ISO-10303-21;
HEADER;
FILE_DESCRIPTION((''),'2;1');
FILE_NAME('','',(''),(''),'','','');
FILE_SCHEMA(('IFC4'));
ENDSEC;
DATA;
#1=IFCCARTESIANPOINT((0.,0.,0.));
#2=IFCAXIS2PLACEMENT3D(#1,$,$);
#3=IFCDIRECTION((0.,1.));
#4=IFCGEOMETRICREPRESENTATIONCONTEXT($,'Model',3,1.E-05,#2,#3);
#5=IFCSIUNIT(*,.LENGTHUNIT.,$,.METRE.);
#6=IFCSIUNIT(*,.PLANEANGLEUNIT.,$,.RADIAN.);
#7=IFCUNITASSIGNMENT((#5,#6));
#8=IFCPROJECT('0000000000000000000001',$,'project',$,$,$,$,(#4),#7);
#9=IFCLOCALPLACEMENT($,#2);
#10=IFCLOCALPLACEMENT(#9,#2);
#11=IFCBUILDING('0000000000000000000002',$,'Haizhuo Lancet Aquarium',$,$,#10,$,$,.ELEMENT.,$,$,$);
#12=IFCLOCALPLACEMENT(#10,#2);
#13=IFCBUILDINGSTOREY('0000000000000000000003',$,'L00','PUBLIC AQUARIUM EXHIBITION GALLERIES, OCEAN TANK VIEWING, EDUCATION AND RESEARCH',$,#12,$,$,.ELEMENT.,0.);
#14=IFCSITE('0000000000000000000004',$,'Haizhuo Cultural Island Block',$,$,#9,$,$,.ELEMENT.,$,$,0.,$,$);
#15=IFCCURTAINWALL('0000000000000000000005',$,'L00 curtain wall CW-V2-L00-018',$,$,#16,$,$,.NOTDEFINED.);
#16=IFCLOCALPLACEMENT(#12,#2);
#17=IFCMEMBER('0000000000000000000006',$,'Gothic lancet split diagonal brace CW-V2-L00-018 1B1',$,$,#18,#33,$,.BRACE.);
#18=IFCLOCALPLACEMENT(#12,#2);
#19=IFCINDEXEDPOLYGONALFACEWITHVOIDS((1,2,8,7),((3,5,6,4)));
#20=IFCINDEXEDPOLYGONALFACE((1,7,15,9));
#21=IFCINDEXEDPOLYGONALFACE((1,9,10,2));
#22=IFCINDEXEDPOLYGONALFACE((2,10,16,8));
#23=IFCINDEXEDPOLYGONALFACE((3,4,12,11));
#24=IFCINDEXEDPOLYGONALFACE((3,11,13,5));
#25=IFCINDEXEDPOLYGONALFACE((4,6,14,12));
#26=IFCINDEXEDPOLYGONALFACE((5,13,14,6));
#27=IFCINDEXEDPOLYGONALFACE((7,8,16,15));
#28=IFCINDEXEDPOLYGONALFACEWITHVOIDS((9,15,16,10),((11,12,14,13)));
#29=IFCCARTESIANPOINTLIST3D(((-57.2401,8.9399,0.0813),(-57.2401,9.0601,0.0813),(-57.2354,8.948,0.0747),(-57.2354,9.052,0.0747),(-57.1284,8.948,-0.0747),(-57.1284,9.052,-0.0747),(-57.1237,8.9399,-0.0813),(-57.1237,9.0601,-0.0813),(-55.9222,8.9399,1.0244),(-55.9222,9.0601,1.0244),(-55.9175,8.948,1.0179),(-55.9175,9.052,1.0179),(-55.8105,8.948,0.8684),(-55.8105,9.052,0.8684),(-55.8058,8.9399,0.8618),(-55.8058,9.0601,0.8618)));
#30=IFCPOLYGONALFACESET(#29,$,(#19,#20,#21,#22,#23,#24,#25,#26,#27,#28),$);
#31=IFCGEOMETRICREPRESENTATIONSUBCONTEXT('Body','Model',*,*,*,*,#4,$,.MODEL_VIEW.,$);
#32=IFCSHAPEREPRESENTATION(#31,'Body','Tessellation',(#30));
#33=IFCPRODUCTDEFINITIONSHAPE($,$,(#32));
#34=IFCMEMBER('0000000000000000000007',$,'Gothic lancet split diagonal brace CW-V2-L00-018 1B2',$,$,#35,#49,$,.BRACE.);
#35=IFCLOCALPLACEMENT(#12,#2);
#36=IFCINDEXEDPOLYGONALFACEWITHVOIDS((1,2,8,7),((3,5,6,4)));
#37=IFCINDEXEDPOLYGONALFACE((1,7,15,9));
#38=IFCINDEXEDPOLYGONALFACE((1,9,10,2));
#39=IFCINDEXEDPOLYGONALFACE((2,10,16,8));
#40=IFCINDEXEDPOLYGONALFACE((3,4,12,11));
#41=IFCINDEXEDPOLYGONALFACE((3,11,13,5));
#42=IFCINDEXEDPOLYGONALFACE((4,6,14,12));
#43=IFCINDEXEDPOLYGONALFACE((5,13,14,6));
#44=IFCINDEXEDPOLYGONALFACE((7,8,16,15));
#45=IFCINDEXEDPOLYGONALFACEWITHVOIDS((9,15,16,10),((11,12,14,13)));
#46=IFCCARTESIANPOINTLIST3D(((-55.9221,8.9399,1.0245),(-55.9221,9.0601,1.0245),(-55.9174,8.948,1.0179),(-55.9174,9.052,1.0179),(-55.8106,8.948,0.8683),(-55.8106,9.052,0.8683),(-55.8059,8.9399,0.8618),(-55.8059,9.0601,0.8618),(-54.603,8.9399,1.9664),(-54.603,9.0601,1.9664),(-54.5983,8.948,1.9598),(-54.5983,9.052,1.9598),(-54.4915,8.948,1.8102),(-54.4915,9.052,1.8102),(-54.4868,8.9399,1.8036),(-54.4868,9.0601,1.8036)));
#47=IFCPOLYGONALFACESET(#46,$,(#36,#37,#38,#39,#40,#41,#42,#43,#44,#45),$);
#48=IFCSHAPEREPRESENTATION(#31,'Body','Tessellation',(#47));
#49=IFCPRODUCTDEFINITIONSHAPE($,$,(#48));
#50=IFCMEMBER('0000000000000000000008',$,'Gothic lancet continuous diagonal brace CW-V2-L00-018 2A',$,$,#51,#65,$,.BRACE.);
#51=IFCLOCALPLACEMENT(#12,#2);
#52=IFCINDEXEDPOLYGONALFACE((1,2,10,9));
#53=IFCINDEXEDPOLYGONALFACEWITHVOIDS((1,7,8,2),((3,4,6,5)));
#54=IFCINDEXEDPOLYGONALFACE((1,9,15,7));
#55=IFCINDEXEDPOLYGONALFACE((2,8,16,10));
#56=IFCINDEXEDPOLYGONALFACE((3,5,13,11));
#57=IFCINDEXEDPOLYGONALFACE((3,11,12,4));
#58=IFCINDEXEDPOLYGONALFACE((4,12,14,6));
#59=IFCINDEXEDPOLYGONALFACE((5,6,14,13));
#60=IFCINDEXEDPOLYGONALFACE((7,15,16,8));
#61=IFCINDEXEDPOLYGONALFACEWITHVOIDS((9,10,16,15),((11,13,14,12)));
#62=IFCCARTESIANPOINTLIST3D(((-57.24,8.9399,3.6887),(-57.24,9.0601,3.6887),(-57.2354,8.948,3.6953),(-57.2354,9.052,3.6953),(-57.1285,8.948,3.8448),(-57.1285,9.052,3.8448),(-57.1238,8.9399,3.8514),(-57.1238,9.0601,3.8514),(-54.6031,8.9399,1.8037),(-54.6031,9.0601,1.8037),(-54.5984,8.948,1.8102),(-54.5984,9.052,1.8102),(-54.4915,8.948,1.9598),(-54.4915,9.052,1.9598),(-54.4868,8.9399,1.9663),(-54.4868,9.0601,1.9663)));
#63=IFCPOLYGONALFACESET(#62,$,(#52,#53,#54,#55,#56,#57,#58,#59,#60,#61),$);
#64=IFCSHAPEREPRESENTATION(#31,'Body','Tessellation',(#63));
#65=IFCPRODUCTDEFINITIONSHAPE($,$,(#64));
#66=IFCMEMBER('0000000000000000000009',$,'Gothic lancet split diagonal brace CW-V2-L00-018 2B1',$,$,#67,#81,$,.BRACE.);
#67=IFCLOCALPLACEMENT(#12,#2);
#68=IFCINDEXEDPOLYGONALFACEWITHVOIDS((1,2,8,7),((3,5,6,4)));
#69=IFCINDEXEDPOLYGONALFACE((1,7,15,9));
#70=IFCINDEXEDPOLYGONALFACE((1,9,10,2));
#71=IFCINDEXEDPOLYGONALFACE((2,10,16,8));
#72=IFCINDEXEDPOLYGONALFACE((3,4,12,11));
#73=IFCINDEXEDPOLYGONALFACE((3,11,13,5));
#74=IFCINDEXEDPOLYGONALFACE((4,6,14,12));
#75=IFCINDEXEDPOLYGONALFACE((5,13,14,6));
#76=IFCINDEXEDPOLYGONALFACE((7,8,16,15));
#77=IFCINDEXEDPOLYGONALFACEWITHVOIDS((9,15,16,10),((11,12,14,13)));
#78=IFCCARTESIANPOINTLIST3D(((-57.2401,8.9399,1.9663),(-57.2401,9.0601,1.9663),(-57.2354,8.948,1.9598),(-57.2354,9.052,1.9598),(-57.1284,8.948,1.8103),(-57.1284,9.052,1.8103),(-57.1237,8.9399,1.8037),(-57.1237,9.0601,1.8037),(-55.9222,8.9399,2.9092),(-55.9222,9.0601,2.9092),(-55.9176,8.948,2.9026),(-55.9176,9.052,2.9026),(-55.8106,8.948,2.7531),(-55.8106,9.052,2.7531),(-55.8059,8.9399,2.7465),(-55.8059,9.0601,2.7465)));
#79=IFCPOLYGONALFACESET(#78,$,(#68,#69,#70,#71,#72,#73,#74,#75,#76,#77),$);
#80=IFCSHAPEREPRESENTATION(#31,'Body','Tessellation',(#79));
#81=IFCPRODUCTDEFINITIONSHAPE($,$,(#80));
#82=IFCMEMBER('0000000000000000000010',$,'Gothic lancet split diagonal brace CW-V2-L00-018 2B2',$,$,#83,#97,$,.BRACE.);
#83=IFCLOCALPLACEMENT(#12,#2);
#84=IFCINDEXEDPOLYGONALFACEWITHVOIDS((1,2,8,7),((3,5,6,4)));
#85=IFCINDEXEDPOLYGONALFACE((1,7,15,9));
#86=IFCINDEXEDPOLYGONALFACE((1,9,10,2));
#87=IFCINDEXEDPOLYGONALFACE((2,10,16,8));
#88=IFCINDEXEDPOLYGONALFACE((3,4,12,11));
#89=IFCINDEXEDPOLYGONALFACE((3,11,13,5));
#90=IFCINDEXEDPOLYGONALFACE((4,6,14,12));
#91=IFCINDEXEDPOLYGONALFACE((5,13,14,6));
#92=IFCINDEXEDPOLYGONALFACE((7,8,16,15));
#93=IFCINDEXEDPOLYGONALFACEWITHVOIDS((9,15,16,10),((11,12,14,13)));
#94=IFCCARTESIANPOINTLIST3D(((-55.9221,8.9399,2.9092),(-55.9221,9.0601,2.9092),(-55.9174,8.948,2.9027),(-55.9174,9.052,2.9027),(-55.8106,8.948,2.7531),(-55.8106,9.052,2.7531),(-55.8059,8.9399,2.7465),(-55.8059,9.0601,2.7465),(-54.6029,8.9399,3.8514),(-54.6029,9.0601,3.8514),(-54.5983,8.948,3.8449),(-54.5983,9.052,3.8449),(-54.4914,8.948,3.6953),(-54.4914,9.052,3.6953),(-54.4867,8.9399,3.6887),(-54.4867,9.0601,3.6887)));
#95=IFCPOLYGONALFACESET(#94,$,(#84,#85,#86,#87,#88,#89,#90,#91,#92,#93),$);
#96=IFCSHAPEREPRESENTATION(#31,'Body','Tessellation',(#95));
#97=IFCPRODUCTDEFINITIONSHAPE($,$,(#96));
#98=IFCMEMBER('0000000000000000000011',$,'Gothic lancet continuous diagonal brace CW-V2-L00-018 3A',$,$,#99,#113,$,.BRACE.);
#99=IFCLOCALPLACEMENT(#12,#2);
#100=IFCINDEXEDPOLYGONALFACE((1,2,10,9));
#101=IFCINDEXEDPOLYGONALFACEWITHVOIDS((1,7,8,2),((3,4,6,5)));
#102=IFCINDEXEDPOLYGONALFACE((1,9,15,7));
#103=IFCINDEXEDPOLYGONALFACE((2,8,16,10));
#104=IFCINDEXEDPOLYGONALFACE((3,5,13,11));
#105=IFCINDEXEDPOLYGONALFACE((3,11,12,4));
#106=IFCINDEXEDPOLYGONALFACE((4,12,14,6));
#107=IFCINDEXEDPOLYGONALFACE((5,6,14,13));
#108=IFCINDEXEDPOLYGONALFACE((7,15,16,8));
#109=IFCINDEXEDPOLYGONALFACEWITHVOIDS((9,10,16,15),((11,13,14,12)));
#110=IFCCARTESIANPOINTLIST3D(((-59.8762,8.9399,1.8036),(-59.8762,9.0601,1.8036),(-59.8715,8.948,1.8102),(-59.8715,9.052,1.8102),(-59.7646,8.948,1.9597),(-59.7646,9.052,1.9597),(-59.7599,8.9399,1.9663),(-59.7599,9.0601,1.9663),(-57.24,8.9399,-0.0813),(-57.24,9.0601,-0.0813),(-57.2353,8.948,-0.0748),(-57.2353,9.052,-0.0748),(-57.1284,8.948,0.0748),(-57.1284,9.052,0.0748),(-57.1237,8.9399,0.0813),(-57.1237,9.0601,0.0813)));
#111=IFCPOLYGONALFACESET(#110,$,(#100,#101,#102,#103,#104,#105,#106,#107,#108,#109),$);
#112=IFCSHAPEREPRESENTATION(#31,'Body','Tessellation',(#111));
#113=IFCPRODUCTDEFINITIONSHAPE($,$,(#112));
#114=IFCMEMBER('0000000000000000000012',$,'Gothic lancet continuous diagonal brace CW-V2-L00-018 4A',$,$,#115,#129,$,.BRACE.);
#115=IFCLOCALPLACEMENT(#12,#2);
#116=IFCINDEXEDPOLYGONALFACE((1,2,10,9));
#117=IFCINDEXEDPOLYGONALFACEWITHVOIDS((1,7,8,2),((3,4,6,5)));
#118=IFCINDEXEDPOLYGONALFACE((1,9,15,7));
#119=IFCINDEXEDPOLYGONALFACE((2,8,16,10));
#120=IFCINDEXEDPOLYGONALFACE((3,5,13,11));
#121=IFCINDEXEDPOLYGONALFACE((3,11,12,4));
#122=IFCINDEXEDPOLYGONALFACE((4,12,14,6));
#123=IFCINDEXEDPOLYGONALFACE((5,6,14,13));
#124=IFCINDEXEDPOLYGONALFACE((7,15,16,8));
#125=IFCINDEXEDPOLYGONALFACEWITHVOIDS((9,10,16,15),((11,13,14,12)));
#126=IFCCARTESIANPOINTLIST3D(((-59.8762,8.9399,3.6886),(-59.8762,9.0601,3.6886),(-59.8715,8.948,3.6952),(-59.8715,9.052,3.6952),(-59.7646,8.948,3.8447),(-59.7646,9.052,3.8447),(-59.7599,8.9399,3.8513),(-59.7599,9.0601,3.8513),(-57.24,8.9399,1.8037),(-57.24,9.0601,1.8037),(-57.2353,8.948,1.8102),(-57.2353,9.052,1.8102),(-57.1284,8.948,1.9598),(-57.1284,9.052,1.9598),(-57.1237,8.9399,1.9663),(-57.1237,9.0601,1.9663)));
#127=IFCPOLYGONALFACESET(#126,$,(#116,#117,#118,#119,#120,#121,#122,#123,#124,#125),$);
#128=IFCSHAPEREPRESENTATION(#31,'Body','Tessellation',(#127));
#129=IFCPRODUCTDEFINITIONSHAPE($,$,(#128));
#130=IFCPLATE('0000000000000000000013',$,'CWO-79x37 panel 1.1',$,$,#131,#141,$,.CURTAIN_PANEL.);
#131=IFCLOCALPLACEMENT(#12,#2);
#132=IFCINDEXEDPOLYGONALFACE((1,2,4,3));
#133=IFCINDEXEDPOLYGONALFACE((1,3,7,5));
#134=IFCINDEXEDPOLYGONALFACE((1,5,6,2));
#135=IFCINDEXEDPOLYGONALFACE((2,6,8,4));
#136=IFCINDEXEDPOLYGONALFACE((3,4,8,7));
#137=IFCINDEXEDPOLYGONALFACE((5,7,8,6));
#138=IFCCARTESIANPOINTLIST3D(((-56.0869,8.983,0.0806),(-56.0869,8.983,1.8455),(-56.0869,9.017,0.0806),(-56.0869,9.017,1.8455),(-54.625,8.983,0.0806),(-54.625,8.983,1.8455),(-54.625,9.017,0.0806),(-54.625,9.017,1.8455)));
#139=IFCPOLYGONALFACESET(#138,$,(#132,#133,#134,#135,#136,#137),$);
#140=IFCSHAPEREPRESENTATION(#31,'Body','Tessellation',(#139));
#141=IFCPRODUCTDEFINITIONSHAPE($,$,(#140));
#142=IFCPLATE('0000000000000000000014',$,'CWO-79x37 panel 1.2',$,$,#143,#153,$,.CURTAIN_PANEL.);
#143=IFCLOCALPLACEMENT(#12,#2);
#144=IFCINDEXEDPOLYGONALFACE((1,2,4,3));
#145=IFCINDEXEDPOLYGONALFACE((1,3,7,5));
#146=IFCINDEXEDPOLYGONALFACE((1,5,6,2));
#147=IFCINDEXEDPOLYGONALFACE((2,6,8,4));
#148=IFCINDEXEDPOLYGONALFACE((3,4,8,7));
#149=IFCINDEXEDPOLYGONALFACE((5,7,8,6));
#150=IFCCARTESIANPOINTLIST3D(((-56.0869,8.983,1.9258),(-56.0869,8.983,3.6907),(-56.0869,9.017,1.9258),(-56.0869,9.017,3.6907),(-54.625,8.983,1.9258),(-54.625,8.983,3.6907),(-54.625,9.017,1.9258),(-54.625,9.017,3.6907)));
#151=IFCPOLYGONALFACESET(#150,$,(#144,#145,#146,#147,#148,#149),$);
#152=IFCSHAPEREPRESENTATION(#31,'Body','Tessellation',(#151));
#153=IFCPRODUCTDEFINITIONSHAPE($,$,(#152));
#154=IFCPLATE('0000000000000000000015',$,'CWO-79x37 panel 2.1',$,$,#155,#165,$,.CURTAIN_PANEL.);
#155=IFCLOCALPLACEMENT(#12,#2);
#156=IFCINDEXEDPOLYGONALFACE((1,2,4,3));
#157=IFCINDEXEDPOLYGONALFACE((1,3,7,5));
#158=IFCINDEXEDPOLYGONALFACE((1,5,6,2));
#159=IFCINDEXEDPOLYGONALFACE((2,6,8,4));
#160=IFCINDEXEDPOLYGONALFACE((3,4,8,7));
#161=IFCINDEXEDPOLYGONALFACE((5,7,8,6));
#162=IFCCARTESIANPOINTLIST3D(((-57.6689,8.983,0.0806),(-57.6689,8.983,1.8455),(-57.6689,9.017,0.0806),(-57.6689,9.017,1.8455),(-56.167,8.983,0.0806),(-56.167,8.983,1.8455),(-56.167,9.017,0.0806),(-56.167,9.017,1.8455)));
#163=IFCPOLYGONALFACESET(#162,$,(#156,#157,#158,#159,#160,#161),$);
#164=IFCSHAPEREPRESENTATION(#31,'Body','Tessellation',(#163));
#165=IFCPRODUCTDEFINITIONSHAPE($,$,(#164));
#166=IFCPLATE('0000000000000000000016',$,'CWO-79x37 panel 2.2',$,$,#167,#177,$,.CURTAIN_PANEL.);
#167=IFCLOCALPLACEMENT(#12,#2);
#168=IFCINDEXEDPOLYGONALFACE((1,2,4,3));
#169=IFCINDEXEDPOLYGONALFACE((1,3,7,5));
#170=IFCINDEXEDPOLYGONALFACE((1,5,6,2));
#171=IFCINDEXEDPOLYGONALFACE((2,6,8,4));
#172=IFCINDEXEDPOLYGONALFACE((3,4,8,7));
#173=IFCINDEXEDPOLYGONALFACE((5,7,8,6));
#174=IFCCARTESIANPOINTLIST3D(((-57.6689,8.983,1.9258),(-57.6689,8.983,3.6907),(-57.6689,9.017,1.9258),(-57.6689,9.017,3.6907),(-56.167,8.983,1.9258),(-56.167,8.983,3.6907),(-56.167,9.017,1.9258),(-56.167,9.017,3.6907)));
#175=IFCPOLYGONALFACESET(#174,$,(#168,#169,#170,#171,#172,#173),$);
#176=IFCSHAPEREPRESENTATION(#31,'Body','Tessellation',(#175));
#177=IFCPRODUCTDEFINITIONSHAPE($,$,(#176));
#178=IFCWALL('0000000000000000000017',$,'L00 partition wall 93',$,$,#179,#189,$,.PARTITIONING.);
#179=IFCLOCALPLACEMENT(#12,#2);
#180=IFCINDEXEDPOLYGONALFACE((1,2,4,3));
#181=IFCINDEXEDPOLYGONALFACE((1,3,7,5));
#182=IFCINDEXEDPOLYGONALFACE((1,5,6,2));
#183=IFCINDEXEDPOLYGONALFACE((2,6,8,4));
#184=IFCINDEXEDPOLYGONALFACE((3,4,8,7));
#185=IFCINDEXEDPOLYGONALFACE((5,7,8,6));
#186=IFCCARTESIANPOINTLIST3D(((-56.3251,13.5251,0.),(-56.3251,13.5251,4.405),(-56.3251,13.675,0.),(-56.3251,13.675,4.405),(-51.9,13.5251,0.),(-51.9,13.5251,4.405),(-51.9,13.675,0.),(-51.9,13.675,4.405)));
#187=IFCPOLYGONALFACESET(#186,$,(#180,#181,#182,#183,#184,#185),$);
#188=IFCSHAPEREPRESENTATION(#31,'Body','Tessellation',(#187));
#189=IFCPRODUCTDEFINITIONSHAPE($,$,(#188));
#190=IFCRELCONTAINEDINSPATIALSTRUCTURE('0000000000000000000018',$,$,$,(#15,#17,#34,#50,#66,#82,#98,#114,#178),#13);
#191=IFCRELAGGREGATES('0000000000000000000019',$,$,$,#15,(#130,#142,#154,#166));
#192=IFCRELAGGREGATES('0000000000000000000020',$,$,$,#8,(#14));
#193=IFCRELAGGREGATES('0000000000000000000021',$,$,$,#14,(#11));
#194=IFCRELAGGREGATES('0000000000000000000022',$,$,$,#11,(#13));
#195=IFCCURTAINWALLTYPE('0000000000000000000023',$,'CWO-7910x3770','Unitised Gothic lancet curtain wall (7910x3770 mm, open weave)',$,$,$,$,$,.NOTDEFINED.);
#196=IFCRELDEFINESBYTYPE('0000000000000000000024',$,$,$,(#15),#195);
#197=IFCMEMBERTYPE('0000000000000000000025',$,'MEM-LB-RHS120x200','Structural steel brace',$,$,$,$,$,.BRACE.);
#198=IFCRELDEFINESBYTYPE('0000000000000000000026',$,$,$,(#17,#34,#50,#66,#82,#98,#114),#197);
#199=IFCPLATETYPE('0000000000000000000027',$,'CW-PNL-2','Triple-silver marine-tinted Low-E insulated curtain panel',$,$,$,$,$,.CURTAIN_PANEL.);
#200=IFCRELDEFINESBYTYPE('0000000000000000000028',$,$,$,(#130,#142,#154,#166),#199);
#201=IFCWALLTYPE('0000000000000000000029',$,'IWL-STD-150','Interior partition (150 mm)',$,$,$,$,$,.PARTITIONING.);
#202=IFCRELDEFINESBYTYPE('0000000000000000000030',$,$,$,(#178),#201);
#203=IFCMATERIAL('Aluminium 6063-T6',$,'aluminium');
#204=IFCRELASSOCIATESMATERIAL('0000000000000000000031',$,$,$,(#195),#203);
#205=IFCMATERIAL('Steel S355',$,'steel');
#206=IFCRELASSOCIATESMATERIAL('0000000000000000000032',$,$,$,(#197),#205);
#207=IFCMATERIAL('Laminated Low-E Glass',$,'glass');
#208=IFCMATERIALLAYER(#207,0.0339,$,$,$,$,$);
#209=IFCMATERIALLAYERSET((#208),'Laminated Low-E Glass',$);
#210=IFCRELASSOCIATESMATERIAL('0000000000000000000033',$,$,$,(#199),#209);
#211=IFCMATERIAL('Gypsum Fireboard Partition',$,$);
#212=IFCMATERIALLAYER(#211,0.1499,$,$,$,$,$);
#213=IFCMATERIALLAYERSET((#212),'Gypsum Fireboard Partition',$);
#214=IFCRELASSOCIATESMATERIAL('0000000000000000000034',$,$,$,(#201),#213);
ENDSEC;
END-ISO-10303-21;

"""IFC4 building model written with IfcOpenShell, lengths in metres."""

from ifc_helpers import new_model, si_unit, direction, frame, frame_2d, origin, origin_2d, place, context, subcontext, project, spatial, rectangle, hollow_rectangle, extrude, material, layer, layer_set, material_profile, profile_set, type_object, element, aggregate, save


model = new_model("IFC4")

# Units and contexts
model_context = context("Model", 3, precision=1e-05, world=origin(), true_north=direction((0.0, 1.0)))
body_context = subcontext(model_context, "Body", "Model", "MODEL_VIEW")
ifc_project = project(units=[si_unit("LENGTHUNIT", "METRE"), si_unit("PLANEANGLEUNIT", "RADIAN")], contexts=[model_context])

# Site, building, storey
site_placement = place(None, origin())
site = spatial("IfcSite", under=ifc_project, at=site_placement, Name="Haizhuo Cultural Island Block", CompositionType="ELEMENT", RefElevation=0.0)
building_placement = place(site_placement, origin())
building = spatial("IfcBuilding", under=site, at=building_placement, Name="Haizhuo Lancet Aquarium", CompositionType="ELEMENT")
storey_placement = place(building_placement, origin())
storey = spatial("IfcBuildingStorey", under=building, at=storey_placement, Name="L00", Description="PUBLIC AQUARIUM EXHIBITION GALLERIES, OCEAN TANK VIEWING, EDUCATION AND RESEARCH", CompositionType="ELEMENT", Elevation=0.0)

# Shared definitions
ifc_material_1 = material(Name="Steel S355", Category="steel")

# Curtain wall
ifc_material_2 = material(Name="Aluminium 6063-T6", Category="aluminium")
curtain_wall_type = type_object("IfcCurtainWallType", Name="CWO-7910x3770", Description="Unitised Gothic lancet curtain wall (7910x3770 mm, open weave)", PredefinedType="NOTDEFINED", material=ifc_material_2)
curtain_wall_placement = place(storey_placement, origin())
curtain_wall = element("IfcCurtainWall", 1, at=curtain_wall_placement, inside=storey, type_object=curtain_wall_type, Name="L00 curtain wall CW-V2-L00-018", PredefinedType="NOTDEFINED")

# Members
ifc_material_profile_1 = material_profile(ifc_material_1, hollow_rectangle(XDim=0.1201, YDim=0.2, WallThickness=0.0081, at=origin_2d()), Name="RHS 120x200x8")
ifc_profile_set_1 = profile_set([ifc_material_profile_1], Name="Steel S355")
member_type_1 = type_object("IfcMemberType", Name="MEM-LB-RHS120x200", Description="Structural steel brace", PredefinedType="BRACE", material=ifc_profile_set_1)
member_1_placement = place(storey_placement, frame((-57.1819, 9.0, 0.0), z_axis=(0.813214, 0.0, 0.581965), x_axis=(0.0, 1.0, 0.0)))
element("IfcMember", 2, at=member_1_placement, inside=storey, type_object=member_type_1, Name="Gothic lancet split diagonal brace CW-V2-L00-018 1B1", PredefinedType="BRACE", context=body_context, shape_type="SweptSolid", body=[
    extrude(hollow_rectangle(XDim=0.1201, YDim=0.2, WallThickness=0.0081, at=origin_2d()), origin(), (0.0, 0.0, 1.0), 1.6206),
])
member_2_placement = place(storey_placement, frame((-55.864, 9.0, 0.9431), z_axis=(0.813825, 0.0, 0.58111), x_axis=(0.0, 1.0, 0.0)))
element("IfcMember", 3, at=member_2_placement, inside=storey, type_object=member_type_1, Name="Gothic lancet split diagonal brace CW-V2-L00-018 1B2", PredefinedType="BRACE", context=body_context, shape_type="SweptSolid", body=[
    extrude(hollow_rectangle(XDim=0.1201, YDim=0.2, WallThickness=0.0081, at=origin_2d()), origin(), (0.0, 0.0, 1.0), 1.6208),
])
member_3_placement = place(storey_placement, frame((-54.5449, 9.0, 1.885), z_axis=(-0.81352, 0.0, 0.581537), x_axis=(0.0, -1.0, 0.0)))
element("IfcMember", 4, at=member_3_placement, inside=storey, type_object=member_type_1, Name="Gothic lancet continuous diagonal brace CW-V2-L00-018 2A", PredefinedType="BRACE", context=body_context, shape_type="SweptSolid", body=[
    extrude(hollow_rectangle(XDim=0.1201, YDim=0.2, WallThickness=0.0081, at=origin_2d()), origin(), (0.0, 0.0, 1.0), 3.2415),
])
member_4_placement = place(storey_placement, frame((-57.1819, 9.0, 1.885), z_axis=(0.813285, 0.0, 0.581865), x_axis=(0.0, 1.0, 0.0)))
element("IfcMember", 5, at=member_4_placement, inside=storey, type_object=member_type_1, Name="Gothic lancet split diagonal brace CW-V2-L00-018 2B1", PredefinedType="BRACE", context=body_context, shape_type="SweptSolid", body=[
    extrude(hollow_rectangle(XDim=0.1201, YDim=0.2, WallThickness=0.0081, at=origin_2d()), origin(), (0.0, 0.0, 1.0), 1.6204),
])
member_5_placement = place(storey_placement, frame((-55.864, 9.0, 2.8279), z_axis=(0.813754, 0.0, 0.58121), x_axis=(0.0, 1.0, 0.0)))
element("IfcMember", 6, at=member_5_placement, inside=storey, type_object=member_type_1, Name="Gothic lancet split diagonal brace CW-V2-L00-018 2B2", PredefinedType="BRACE", context=body_context, shape_type="SweptSolid", body=[
    extrude(hollow_rectangle(XDim=0.1201, YDim=0.2, WallThickness=0.0081, at=origin_2d()), origin(), (0.0, 0.0, 1.0), 1.6211),
])
for number, where, z_axis, x_axis, name in (
    (7, (-57.1819, 9.0, 0.0), (-0.813443, 0.0, 0.581644), (0.0, -1.0, 0.0), "Gothic lancet continuous diagonal brace CW-V2-L00-018 3A"),
    (8, (-57.1819, 9.0, 1.885), (-0.813443, 0.0, 0.581644), (0.0, -1.0, 0.0), "Gothic lancet continuous diagonal brace CW-V2-L00-018 4A"),
):
    element("IfcMember", number, at=place(storey_placement, frame(where, z_axis=z_axis, x_axis=x_axis)), inside=storey, type_object=member_type_1, Name=name, PredefinedType="BRACE", context=body_context, shape_type="SweptSolid", body=[
        extrude(hollow_rectangle(XDim=0.1201, YDim=0.2, WallThickness=0.0081, at=origin_2d()), origin(), (0.0, 0.0, 1.0), 3.2407),
    ])

# Plates
ifc_material_3 = material(Name="Laminated Low-E Glass", Category="glass")
ifc_layer_1 = layer(ifc_material_3, 0.0339)
ifc_layer_set_1 = layer_set([ifc_layer_1], Name="Laminated Low-E Glass")
plate_type = type_object("IfcPlateType", Name="CW-PNL-2", Description="Triple-silver marine-tinted Low-E insulated curtain panel", PredefinedType="CURTAIN_PANEL", material=ifc_layer_set_1)
plate_1_placement = place(storey_placement, frame((-55.356, 9.0, 0.0806), z_axis=(0.0, 0.0, 1.0), x_axis=(-1.0, 0.0, 0.0)))
plate_1 = element("IfcPlate", 9, at=plate_1_placement, type_object=plate_type, Name="CWO-79x37 panel 1.1", PredefinedType="CURTAIN_PANEL", context=body_context, shape_type="SweptSolid", body=[
    extrude(rectangle(XDim=1.4619, YDim=0.0339, at=origin_2d()), origin(), (0.0, 0.0, 1.0), 1.7649),
])
plate_2_placement = place(storey_placement, frame((-55.356, 9.0, 1.9258), z_axis=(0.0, 0.0, 1.0), x_axis=(-1.0, 0.0, 0.0)))
plate_2 = element("IfcPlate", 10, at=plate_2_placement, type_object=plate_type, Name="CWO-79x37 panel 1.2", PredefinedType="CURTAIN_PANEL", context=body_context, shape_type="SweptSolid", body=[
    extrude(rectangle(XDim=1.4619, YDim=0.0339, at=origin_2d()), origin(), (0.0, 0.0, 1.0), 1.7649),
])
plate_3_placement = place(storey_placement, frame((-56.918, 9.0, 0.0806), z_axis=(0.0, 0.0, 1.0), x_axis=(-1.0, 0.0, 0.0)))
plate_3 = element("IfcPlate", 11, at=plate_3_placement, type_object=plate_type, Name="CWO-79x37 panel 2.1", PredefinedType="CURTAIN_PANEL", context=body_context, shape_type="SweptSolid", body=[
    extrude(rectangle(XDim=1.502, YDim=0.0339, at=origin_2d()), origin(), (0.0, 0.0, 1.0), 1.7649),
])
plate_4_placement = place(storey_placement, frame((-56.918, 9.0, 1.9258), z_axis=(0.0, 0.0, 1.0), x_axis=(-1.0, 0.0, 0.0)))
plate_4 = element("IfcPlate", 12, at=plate_4_placement, type_object=plate_type, Name="CWO-79x37 panel 2.2", PredefinedType="CURTAIN_PANEL", context=body_context, shape_type="SweptSolid", body=[
    extrude(rectangle(XDim=1.502, YDim=0.0339, at=origin_2d()), origin(), (0.0, 0.0, 1.0), 1.7649),
])
aggregate(curtain_wall, [plate_1, plate_2, plate_3, plate_4])

# Wall
ifc_material_4 = material(Name="Gypsum Fireboard Partition")
ifc_layer_2 = layer(ifc_material_4, 0.1499)
ifc_layer_set_2 = layer_set([ifc_layer_2], Name="Gypsum Fireboard Partition")
wall_type_1 = type_object("IfcWallType", Name="IWL-STD-150", Description="Interior partition (150 mm)", PredefinedType="PARTITIONING", material=ifc_layer_set_2)
wall_1_placement = place(storey_placement, frame((-56.325, 13.6001, 0.0), z_axis=(0.0, 0.0, 1.0), x_axis=(1.0, 0.0, 0.0)))
element("IfcWall", 13, at=wall_1_placement, inside=storey, type_object=wall_type_1, Name="L00 partition wall 93", PredefinedType="PARTITIONING", context=body_context, shape_type="SweptSolid", body=[
    extrude(rectangle(XDim=4.425, YDim=0.1499, at=frame_2d((2.2124, 0.0))), origin(), (0.0, 0.0, 1.0), 4.405),
])

save(model, "model.ifc")
